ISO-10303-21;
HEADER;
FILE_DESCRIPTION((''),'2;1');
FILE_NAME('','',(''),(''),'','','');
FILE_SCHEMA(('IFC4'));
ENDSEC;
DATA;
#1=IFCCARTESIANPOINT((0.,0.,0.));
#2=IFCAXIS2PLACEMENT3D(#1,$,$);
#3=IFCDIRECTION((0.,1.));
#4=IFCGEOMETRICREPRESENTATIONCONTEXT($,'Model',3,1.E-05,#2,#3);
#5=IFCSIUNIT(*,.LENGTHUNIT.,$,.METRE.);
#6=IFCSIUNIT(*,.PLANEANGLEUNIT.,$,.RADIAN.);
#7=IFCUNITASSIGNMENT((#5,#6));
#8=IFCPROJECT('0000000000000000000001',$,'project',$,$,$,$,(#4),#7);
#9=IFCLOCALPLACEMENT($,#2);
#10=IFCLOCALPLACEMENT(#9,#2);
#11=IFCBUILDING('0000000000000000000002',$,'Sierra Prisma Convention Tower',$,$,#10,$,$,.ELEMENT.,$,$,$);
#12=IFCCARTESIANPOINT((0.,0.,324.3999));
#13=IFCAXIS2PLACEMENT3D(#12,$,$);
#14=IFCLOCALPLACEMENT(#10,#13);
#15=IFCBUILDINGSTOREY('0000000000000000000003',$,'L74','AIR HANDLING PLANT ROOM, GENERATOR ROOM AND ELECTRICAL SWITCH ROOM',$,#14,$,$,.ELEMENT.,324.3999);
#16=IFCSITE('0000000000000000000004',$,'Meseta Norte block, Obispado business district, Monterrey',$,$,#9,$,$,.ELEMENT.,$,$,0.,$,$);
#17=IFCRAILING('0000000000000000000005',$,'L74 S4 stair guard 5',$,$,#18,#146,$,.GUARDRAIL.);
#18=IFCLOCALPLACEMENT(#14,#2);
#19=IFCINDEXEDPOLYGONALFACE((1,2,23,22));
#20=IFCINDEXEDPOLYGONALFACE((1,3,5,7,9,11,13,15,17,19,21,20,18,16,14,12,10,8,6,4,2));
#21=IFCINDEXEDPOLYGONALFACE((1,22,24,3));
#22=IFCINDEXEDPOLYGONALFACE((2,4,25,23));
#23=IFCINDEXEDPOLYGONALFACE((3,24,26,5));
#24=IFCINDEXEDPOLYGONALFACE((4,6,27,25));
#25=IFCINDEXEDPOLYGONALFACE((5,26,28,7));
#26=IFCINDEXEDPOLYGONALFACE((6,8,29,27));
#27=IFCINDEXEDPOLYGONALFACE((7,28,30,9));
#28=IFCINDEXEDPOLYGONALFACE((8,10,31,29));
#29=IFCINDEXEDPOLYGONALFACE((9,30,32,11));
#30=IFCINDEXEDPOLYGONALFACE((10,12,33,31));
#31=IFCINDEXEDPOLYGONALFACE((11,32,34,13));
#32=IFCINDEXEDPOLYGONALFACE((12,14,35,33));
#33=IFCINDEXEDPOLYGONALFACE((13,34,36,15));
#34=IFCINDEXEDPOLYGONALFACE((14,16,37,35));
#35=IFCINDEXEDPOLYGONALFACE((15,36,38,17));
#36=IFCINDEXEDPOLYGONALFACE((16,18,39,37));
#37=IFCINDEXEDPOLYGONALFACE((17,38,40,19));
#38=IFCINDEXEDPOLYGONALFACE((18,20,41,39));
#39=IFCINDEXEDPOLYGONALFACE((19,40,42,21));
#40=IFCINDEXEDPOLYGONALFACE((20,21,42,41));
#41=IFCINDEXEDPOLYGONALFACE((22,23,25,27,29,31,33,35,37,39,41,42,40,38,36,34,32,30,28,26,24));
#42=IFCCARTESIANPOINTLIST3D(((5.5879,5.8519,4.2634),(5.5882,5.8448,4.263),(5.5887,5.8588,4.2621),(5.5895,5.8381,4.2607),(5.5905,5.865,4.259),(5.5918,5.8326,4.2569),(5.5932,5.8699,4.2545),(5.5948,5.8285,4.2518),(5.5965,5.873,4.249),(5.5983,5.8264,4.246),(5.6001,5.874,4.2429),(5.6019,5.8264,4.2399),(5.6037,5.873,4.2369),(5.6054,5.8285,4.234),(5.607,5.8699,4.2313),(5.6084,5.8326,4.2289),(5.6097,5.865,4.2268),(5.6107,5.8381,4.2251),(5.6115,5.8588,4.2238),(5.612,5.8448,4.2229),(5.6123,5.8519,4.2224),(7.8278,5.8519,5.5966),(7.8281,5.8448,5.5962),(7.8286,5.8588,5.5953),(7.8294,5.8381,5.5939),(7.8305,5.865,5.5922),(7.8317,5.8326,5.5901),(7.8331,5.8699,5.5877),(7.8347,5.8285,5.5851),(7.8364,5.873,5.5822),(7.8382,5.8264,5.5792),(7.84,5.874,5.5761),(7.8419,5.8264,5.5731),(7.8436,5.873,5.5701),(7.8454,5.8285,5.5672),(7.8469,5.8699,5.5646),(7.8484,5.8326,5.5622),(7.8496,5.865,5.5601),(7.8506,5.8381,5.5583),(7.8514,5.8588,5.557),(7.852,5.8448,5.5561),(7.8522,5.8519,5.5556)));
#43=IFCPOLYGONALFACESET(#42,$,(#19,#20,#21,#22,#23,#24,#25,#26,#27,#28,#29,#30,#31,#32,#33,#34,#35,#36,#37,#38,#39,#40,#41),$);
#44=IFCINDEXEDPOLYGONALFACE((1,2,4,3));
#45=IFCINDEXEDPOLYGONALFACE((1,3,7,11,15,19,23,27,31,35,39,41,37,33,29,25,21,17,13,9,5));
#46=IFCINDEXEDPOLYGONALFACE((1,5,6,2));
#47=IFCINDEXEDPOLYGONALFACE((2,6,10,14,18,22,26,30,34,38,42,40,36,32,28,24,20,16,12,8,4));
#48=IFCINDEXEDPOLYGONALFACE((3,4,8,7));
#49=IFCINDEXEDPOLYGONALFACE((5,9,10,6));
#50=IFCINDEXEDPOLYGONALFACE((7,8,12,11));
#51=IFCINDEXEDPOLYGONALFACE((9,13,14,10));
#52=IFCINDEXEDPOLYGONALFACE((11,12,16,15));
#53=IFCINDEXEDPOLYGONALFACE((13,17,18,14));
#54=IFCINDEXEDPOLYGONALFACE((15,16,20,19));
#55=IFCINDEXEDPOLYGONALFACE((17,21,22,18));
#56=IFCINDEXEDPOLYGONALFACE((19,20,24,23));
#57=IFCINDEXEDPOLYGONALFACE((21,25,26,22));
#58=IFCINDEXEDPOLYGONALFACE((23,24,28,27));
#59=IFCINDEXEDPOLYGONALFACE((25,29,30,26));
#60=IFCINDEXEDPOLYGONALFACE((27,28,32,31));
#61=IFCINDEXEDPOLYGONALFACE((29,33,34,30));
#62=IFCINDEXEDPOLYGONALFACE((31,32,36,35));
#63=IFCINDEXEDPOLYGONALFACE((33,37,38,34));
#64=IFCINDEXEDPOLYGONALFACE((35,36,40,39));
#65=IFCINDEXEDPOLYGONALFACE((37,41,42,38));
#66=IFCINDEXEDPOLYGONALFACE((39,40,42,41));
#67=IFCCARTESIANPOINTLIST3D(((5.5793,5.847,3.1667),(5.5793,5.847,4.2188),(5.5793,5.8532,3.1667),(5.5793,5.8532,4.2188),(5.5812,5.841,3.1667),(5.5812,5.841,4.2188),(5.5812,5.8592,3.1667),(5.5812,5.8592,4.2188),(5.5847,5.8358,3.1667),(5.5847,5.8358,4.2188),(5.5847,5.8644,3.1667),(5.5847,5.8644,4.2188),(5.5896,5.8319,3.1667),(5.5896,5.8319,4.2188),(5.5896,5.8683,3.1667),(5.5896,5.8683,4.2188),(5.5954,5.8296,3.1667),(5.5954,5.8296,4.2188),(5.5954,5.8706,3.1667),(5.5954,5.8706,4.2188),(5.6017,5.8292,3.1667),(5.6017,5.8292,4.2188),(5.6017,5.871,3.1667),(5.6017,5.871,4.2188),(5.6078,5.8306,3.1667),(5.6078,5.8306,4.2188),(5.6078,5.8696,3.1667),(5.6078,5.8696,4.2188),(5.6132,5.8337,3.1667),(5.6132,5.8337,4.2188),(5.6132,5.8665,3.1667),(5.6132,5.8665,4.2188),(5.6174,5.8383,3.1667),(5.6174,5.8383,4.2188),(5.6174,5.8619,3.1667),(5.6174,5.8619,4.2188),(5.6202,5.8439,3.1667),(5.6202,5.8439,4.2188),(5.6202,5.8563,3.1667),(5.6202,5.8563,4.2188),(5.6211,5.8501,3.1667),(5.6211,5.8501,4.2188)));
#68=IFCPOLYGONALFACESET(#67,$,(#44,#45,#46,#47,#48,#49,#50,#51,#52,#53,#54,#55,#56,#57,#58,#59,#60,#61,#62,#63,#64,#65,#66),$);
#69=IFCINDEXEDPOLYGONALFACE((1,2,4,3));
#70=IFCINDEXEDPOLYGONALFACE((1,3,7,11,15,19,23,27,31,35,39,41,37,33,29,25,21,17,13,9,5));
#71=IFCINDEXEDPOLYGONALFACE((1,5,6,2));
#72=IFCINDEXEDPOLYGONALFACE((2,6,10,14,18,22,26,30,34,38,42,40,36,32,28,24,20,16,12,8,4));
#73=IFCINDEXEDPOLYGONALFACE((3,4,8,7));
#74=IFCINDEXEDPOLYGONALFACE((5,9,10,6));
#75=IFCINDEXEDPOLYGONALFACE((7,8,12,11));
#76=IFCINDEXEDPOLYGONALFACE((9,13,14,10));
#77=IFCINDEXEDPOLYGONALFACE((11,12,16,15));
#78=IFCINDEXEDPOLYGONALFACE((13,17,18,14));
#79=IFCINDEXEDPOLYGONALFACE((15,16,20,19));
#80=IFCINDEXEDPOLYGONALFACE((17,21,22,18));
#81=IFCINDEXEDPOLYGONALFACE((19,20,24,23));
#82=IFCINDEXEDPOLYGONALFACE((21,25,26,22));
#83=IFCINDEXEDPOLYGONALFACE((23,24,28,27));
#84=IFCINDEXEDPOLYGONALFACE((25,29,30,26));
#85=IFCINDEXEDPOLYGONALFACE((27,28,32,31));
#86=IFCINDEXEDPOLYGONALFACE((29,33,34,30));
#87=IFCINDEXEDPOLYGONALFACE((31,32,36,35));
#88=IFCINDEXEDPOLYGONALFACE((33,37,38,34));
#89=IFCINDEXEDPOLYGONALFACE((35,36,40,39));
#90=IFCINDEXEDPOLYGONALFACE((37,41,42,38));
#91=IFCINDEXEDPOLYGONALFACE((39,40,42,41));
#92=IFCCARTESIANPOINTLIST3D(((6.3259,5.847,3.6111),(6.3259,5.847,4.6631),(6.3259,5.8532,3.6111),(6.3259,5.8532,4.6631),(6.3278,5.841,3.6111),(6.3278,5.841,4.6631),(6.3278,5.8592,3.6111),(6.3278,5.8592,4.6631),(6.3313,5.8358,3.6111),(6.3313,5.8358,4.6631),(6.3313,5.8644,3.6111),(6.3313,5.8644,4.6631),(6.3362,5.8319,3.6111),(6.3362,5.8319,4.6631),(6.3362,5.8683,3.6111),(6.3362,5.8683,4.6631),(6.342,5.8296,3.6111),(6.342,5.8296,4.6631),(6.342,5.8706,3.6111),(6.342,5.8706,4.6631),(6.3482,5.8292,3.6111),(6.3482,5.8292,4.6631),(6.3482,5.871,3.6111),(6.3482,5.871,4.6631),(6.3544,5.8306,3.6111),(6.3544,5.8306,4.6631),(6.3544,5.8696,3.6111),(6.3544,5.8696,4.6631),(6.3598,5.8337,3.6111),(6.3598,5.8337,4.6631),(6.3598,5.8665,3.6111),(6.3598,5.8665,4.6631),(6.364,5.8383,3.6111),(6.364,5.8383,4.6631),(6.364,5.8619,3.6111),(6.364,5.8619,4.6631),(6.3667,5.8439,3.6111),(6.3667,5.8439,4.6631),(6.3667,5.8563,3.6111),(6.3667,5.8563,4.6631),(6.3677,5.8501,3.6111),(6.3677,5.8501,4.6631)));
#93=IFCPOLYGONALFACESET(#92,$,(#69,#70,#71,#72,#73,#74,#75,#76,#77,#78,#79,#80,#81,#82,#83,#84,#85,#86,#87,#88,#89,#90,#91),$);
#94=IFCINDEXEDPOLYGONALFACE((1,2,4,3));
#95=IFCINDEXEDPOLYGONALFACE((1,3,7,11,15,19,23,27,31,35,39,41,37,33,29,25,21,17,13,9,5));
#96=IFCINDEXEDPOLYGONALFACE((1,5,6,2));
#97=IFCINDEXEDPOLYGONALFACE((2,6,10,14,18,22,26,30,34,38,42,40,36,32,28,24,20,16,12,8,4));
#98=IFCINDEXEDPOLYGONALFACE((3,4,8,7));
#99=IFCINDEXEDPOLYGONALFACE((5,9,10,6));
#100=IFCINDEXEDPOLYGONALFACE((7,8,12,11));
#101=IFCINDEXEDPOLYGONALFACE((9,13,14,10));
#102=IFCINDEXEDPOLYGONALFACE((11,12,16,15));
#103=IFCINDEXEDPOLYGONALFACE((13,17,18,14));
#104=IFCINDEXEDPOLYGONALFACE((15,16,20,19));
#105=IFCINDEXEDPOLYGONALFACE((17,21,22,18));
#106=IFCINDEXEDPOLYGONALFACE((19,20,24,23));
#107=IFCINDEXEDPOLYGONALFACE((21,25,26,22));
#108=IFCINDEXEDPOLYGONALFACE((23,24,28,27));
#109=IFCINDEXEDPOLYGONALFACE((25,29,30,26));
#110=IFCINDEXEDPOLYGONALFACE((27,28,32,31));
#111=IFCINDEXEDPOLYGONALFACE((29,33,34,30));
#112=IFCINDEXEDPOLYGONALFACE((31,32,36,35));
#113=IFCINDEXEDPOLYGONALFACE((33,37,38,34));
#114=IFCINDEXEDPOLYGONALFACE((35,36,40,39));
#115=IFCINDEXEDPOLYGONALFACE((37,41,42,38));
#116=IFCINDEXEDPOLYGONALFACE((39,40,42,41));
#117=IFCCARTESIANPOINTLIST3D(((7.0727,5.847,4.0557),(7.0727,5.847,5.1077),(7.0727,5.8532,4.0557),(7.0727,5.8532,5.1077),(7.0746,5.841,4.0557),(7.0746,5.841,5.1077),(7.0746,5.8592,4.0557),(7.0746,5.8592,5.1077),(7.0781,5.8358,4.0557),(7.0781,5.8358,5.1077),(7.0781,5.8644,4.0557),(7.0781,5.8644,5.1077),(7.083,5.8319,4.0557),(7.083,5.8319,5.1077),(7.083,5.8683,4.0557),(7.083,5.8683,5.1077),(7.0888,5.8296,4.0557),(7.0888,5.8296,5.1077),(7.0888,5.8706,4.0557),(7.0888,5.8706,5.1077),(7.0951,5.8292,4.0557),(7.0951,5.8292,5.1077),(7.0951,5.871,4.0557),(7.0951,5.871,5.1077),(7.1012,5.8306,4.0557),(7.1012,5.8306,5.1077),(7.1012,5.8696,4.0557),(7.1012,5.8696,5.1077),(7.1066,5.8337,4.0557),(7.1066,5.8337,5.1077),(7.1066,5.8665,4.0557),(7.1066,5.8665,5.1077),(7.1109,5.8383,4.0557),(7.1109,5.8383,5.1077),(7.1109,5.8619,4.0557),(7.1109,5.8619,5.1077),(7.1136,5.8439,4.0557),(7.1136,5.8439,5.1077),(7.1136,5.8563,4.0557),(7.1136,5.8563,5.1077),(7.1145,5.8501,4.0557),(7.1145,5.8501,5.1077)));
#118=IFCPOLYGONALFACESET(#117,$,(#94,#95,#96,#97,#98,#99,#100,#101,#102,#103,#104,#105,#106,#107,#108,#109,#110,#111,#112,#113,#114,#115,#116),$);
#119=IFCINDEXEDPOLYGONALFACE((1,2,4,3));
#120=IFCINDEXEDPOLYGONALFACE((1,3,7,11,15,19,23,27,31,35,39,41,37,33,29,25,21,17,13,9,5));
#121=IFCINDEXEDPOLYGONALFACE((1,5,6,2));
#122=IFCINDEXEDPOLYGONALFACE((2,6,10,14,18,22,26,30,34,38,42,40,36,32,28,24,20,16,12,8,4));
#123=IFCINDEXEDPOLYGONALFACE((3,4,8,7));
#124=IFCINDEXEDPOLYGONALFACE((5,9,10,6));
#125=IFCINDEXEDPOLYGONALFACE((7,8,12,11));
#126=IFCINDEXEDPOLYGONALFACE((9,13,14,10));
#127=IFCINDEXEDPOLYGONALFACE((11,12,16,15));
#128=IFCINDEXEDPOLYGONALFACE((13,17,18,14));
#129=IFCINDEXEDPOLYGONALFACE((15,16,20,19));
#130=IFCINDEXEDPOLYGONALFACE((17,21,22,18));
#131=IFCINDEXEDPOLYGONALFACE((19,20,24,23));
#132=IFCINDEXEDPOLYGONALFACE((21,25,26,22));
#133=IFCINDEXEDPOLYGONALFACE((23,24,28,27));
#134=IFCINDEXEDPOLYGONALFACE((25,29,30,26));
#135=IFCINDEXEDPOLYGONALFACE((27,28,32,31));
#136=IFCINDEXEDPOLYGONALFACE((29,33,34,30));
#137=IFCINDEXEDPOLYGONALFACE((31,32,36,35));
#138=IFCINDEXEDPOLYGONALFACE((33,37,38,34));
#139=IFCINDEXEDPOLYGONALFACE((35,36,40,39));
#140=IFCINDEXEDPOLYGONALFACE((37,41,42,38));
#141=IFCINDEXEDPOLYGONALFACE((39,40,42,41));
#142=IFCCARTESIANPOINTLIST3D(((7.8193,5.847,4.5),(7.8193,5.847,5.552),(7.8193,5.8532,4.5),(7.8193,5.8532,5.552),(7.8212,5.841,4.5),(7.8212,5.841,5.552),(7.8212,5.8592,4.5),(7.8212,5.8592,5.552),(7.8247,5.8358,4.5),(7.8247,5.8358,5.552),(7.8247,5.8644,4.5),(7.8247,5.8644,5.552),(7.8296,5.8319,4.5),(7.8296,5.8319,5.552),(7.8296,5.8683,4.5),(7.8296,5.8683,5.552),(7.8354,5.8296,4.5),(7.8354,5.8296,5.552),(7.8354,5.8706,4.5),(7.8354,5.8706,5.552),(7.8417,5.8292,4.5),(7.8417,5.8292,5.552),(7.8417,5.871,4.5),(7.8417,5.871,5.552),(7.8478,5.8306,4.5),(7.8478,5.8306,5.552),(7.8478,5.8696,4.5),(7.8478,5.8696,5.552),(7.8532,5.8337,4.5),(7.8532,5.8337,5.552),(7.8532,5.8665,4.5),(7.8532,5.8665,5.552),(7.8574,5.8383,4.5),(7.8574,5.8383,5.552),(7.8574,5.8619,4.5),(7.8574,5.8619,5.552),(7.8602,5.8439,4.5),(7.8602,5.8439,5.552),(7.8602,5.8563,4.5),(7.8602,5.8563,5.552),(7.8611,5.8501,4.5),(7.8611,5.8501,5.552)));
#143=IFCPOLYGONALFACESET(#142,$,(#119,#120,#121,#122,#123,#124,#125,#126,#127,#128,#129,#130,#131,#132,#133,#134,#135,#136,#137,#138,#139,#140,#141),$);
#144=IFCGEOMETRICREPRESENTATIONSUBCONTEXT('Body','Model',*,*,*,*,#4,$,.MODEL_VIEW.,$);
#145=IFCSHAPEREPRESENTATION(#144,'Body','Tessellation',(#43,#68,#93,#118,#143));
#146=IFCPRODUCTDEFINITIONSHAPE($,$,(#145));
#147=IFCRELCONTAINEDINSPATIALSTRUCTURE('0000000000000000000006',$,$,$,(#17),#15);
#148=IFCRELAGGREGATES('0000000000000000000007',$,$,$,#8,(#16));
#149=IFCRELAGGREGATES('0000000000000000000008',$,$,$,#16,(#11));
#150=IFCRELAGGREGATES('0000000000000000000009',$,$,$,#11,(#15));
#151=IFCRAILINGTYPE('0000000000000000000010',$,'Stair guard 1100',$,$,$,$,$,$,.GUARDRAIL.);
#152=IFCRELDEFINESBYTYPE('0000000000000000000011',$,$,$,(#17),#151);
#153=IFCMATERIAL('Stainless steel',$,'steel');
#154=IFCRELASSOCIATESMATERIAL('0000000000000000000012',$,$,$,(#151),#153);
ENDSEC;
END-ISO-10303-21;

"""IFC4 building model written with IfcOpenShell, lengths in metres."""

from ifc_helpers import new_model, si_unit, direction, frame, origin, origin_2d, place, context, subcontext, project, spatial, circle, extrude, material, type_object, element, save


model = new_model("IFC4")

# Units and contexts
model_context = context("Model", 3, precision=1e-05, world=origin(), true_north=direction((0.0, 1.0)))
body_context = subcontext(model_context, "Body", "Model", "MODEL_VIEW")
ifc_project = project(units=[si_unit("LENGTHUNIT", "METRE"), si_unit("PLANEANGLEUNIT", "RADIAN")], contexts=[model_context])

# Site, building, storey
site_placement = place(None, origin())
site = spatial("IfcSite", under=ifc_project, at=site_placement, Name="Meseta Norte block, Obispado business district, Monterrey", CompositionType="ELEMENT", RefElevation=0.0)
building_placement = place(site_placement, origin())
building = spatial("IfcBuilding", under=site, at=building_placement, Name="Sierra Prisma Convention Tower", CompositionType="ELEMENT")
storey_placement = place(building_placement, frame((0.0, 0.0, 324.3999)))
storey = spatial("IfcBuildingStorey", under=building, at=storey_placement, Name="L74", Description="AIR HANDLING PLANT ROOM, GENERATOR ROOM AND ELECTRICAL SWITCH ROOM", CompositionType="ELEMENT", Elevation=324.3999)

# Railing
ifc_material_1 = material(Name="Stainless steel", Category="steel")
railing_type = type_object("IfcRailingType", Name="Stair guard 1100", PredefinedType="GUARDRAIL", material=ifc_material_1)
railing_1_placement = place(storey_placement, frame((5.6001, 5.8501, 3.1667)))
element("IfcRailing", 1, at=railing_1_placement, inside=storey, type_object=railing_type, Name="L74 S4 stair guard 5", PredefinedType="GUARDRAIL", context=body_context, shape_type="SweptSolid", body=[
    extrude(circle(Radius=0.0239, at=origin_2d()), frame((0.0, 0.0, 1.0762), z_axis=(0.859306, 0.0, 0.511462), x_axis=(0.0, 1.0, 0.0)), (0.0, 0.0, 1.0), 2.6067),
    extrude(circle(Radius=0.021, at=origin_2d()), origin(), (0.0, 0.0, 1.0), 1.052),
    extrude(circle(Radius=0.021, at=origin_2d()), frame((0.7466, 0.0, 0.4443)), (0.0, 0.0, 1.0), 1.052),
    extrude(circle(Radius=0.021, at=origin_2d()), frame((1.4934, 0.0, 0.8889)), (0.0, 0.0, 1.0), 1.052),
    extrude(circle(Radius=0.021, at=origin_2d()), frame((2.24, 0.0, 1.3333)), (0.0, 0.0, 1.0), 1.052),
])

save(model, "model.ifc")
